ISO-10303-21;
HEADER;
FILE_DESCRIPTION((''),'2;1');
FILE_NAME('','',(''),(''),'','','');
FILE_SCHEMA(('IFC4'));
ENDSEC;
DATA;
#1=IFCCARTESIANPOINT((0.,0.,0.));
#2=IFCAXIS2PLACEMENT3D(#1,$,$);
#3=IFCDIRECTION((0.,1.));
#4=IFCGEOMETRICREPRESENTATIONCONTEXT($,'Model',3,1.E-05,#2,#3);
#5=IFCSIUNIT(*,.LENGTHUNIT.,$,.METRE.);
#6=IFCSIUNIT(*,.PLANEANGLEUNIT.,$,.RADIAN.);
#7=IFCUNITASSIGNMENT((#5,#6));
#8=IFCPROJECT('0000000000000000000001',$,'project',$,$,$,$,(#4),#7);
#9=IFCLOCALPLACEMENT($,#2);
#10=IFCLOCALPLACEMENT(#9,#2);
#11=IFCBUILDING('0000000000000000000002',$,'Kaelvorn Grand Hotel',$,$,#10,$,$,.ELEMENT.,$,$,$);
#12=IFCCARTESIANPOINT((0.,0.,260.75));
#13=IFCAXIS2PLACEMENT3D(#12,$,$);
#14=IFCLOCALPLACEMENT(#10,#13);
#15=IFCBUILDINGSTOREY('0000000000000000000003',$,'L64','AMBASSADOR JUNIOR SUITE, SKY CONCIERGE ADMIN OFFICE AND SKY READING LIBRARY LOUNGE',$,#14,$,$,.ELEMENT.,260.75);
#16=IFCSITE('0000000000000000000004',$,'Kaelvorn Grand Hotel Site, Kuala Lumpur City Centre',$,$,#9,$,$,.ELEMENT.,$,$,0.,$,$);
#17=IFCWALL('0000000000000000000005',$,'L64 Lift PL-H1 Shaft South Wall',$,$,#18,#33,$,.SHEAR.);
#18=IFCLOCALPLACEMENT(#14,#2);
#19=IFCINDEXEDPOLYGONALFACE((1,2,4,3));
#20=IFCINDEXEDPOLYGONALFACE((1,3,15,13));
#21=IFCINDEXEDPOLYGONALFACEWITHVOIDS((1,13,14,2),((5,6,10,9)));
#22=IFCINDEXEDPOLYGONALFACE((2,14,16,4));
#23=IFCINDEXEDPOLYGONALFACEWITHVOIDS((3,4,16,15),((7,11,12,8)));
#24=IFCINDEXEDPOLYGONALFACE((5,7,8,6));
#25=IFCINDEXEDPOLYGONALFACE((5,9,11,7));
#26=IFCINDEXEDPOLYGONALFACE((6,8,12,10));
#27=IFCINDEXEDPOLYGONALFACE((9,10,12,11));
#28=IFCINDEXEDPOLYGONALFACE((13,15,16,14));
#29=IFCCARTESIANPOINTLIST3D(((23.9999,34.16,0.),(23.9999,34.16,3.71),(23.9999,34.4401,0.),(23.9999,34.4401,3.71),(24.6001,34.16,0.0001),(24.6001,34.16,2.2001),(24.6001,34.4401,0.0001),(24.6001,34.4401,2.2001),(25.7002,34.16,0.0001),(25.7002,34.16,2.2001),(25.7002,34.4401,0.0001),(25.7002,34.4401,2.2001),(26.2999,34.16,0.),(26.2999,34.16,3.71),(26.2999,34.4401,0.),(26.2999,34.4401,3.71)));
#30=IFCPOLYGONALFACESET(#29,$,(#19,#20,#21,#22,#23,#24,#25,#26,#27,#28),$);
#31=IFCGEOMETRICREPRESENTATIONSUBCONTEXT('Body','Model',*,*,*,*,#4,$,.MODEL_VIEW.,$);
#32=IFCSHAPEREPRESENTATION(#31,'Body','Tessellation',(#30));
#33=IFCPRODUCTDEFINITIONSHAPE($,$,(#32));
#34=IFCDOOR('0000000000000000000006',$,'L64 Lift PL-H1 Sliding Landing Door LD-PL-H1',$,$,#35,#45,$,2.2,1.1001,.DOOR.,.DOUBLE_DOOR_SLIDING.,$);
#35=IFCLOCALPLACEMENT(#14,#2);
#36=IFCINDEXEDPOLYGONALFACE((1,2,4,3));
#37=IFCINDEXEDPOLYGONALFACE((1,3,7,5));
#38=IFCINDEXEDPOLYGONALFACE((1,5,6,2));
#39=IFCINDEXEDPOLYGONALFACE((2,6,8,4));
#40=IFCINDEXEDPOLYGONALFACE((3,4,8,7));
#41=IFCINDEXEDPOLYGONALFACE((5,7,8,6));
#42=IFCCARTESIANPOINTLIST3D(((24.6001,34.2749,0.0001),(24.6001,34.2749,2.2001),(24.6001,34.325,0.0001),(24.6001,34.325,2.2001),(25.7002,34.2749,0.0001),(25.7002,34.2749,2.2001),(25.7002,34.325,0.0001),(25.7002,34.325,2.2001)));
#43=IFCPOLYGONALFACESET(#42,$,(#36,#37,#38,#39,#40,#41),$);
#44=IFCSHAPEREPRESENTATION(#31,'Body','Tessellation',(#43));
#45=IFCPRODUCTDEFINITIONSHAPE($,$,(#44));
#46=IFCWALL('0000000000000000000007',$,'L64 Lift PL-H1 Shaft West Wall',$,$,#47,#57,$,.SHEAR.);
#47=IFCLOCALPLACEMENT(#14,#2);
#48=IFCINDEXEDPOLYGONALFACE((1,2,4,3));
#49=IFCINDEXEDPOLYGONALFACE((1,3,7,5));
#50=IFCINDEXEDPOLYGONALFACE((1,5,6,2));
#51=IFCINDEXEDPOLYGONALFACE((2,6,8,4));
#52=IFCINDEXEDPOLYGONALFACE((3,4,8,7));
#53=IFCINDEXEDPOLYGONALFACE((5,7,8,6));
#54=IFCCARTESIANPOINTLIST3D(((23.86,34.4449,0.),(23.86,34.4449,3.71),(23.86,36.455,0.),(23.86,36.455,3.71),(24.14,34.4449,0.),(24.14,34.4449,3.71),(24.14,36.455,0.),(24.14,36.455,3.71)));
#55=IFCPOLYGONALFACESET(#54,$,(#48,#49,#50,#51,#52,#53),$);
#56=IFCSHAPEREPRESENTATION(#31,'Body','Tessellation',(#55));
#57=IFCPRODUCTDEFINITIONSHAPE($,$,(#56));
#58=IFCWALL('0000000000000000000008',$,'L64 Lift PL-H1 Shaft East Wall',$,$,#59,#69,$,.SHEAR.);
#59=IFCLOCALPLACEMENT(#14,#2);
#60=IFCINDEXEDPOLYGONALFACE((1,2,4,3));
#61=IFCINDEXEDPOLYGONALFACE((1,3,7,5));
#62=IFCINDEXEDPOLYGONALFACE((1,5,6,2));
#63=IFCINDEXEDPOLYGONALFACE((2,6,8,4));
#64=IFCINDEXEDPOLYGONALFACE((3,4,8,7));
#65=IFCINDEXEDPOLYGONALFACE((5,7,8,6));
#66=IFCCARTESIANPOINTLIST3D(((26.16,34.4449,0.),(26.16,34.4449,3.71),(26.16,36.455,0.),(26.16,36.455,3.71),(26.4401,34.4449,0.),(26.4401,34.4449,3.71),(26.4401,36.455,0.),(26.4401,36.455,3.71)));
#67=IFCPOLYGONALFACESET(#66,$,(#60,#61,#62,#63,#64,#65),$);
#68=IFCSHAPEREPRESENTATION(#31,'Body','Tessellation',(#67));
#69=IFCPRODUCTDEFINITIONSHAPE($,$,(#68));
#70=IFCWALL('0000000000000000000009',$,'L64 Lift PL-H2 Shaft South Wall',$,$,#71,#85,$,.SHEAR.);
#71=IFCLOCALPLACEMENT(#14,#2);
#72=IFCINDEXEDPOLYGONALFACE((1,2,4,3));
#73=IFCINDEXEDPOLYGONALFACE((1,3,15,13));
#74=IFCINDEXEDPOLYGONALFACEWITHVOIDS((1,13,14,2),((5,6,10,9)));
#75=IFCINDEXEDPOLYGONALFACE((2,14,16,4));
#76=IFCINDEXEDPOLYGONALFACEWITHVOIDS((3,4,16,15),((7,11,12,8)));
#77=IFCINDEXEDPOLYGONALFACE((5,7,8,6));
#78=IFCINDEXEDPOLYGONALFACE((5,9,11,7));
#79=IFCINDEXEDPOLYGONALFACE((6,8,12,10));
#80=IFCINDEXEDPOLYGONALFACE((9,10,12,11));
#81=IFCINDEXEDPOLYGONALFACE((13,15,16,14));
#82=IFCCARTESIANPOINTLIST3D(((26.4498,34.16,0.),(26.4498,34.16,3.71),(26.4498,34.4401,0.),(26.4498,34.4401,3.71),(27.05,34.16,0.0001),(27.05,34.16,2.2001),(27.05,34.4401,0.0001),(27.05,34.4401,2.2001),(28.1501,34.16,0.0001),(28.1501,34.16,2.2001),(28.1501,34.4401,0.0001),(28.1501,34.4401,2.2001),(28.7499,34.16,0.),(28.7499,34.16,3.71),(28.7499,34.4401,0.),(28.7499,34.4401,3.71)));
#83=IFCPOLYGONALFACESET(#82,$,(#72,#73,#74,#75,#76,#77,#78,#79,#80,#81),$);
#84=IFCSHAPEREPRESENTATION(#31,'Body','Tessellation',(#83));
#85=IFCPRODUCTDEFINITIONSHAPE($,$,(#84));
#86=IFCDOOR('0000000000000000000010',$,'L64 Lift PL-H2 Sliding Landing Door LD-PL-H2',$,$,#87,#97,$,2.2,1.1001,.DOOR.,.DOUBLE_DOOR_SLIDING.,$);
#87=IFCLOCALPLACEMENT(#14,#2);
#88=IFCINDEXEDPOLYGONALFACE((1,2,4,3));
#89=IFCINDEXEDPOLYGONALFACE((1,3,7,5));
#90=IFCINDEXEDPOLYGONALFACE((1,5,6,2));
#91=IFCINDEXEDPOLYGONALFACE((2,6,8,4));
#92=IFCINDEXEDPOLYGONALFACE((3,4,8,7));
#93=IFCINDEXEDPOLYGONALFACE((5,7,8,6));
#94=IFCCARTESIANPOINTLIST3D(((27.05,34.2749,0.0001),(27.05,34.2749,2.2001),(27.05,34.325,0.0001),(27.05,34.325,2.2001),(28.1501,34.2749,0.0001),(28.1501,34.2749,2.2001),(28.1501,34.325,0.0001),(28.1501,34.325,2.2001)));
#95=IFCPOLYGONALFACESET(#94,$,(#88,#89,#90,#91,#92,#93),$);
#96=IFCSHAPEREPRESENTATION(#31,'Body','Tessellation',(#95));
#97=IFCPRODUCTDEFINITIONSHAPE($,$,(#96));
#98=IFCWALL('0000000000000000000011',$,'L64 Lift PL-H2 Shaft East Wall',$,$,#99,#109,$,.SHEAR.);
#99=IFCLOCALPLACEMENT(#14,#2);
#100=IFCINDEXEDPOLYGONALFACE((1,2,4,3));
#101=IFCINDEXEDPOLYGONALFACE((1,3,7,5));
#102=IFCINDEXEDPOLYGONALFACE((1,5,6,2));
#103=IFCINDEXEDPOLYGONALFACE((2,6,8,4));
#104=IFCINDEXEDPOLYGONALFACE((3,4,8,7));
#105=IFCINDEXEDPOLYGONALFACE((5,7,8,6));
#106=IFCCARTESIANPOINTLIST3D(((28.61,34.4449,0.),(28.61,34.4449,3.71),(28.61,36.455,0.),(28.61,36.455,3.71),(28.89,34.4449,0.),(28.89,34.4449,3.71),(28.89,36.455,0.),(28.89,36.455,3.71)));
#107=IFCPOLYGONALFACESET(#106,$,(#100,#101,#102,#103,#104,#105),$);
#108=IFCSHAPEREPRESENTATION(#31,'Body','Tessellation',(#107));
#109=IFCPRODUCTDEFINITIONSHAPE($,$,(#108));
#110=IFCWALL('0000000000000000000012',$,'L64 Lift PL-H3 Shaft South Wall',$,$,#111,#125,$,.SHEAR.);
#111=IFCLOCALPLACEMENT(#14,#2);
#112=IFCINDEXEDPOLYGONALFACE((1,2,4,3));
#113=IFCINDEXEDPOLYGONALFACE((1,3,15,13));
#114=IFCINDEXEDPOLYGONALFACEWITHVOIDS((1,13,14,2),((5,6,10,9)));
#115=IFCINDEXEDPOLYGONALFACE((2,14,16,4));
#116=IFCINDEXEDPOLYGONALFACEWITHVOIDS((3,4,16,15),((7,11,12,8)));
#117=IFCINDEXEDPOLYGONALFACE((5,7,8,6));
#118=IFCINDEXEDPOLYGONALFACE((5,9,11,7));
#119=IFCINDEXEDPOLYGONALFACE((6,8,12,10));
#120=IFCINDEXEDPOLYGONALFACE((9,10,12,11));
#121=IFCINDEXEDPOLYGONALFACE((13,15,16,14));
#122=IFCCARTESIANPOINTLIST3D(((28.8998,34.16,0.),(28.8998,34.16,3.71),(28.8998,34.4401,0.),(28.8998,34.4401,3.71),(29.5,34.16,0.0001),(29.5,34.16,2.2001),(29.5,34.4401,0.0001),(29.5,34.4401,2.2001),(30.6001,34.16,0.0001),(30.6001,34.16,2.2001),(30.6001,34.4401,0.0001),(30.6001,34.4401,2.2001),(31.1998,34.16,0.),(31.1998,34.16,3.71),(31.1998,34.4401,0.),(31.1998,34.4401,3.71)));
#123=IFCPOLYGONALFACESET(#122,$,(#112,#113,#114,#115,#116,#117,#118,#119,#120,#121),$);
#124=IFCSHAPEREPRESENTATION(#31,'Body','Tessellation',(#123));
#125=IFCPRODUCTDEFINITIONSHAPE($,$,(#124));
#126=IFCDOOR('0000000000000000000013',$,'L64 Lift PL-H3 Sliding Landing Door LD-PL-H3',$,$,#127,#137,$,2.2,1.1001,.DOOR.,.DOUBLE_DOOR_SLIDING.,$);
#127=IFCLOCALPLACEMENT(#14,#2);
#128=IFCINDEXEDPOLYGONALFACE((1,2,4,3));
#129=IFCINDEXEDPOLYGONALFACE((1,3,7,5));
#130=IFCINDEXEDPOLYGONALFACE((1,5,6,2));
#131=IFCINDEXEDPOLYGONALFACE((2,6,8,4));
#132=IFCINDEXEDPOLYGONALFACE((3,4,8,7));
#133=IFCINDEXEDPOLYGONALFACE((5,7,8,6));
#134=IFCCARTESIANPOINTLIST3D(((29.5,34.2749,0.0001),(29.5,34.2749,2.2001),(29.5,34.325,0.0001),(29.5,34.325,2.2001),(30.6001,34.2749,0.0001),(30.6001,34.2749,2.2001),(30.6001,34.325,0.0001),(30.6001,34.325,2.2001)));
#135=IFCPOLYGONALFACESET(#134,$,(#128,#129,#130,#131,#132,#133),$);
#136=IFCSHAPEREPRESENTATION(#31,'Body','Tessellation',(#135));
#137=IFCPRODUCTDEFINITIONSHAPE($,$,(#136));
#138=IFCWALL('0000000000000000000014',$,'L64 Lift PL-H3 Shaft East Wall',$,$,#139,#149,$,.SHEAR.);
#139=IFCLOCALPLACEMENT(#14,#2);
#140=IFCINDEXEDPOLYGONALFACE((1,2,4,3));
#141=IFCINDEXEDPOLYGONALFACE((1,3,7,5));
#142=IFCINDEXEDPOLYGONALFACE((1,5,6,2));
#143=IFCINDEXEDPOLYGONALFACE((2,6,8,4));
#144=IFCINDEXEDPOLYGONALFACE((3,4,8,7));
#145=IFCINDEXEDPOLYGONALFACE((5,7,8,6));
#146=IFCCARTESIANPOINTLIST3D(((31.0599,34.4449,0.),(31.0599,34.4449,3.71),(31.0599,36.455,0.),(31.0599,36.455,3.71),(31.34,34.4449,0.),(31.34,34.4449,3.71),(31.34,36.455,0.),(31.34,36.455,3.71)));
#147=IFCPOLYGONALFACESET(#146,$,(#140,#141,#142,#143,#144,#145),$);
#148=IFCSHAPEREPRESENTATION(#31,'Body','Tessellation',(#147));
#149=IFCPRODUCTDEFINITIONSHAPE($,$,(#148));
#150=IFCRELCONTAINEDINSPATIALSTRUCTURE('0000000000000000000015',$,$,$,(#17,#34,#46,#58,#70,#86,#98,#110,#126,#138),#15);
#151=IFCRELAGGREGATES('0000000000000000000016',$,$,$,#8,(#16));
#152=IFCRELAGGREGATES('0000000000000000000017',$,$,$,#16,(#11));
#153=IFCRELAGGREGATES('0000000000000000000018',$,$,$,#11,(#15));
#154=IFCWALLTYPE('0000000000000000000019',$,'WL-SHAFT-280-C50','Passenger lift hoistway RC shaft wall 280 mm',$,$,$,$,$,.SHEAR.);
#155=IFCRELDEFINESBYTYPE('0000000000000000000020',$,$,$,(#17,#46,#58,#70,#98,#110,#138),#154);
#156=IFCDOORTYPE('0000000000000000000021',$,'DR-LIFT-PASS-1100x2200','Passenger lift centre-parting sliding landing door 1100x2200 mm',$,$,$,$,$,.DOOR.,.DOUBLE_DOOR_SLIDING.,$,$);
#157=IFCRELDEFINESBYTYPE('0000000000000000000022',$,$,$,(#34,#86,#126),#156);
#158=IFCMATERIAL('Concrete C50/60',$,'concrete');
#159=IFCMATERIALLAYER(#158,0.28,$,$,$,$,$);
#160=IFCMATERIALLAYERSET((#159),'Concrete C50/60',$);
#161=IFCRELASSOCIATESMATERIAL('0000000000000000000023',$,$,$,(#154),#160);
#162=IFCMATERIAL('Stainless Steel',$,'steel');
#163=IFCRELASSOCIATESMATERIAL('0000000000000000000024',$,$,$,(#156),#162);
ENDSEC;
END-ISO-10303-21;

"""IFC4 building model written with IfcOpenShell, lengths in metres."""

from ifc_helpers import new_model, si_unit, direction, frame, frame_2d, origin, place, context, subcontext, project, spatial, rectangle, extrude, material, layer, layer_set, type_object, element, fill, save


model = new_model("IFC4")

# Units and contexts
model_context = context("Model", 3, precision=1e-05, world=origin(), true_north=direction((0.0, 1.0)))
body_context = subcontext(model_context, "Body", "Model", "MODEL_VIEW")
ifc_project = project(units=[si_unit("LENGTHUNIT", "METRE"), si_unit("PLANEANGLEUNIT", "RADIAN")], contexts=[model_context])

# Site, building, storey
site_placement = place(None, origin())
site = spatial("IfcSite", under=ifc_project, at=site_placement, Name="Kaelvorn Grand Hotel Site, Kuala Lumpur City Centre", CompositionType="ELEMENT", RefElevation=0.0)
building_placement = place(site_placement, origin())
building = spatial("IfcBuilding", under=site, at=building_placement, Name="Kaelvorn Grand Hotel", CompositionType="ELEMENT")
storey_placement = place(building_placement, frame((0.0, 0.0, 260.75)))
storey = spatial("IfcBuildingStorey", under=building, at=storey_placement, Name="L64", Description="AMBASSADOR JUNIOR SUITE, SKY CONCIERGE ADMIN OFFICE AND SKY READING LIBRARY LOUNGE", CompositionType="ELEMENT", Elevation=260.75)

# Shared definitions
ifc_material_1 = material(Name="Concrete C50/60", Category="concrete")

# Wall, opening, door
ifc_layer_1 = layer(ifc_material_1, 0.28)
ifc_layer_set_1 = layer_set([ifc_layer_1], Name="Concrete C50/60")
wall_type_1 = type_object("IfcWallType", Name="WL-SHAFT-280-C50", Description="Passenger lift hoistway RC shaft wall 280 mm", PredefinedType="SHEAR", material=ifc_layer_set_1)
wall_1_placement = place(storey_placement, frame((24.0, 34.3, 0.0), z_axis=(0.0, 0.0, 1.0), x_axis=(1.0, 0.0, 0.0)))
wall_1 = element("IfcWall", 1, at=wall_1_placement, inside=storey, type_object=wall_type_1, Name="L64 Lift PL-H1 Shaft South Wall", PredefinedType="SHEAR", context=body_context, shape_type="SweptSolid", body=[
    extrude(rectangle(XDim=2.3, YDim=0.28, at=frame_2d((1.1499, 0.0))), origin(), (0.0, 0.0, 1.0), 3.71),
])
opening_1_placement = place(wall_1_placement, frame((0.6001, 0.0, 0.0)))
opening_1 = element("IfcOpeningElement", 2, at=opening_1_placement, cuts=wall_1, PredefinedType="OPENING", context=body_context, shape_type="SweptSolid", body=[
    extrude(rectangle(XDim=1.1001, YDim=2.2, at=frame_2d((0.55, 1.1001))), frame((0.0, 0.1499, 0.0), z_axis=(0.0, -1.0, 0.0), x_axis=(1.0, 0.0, 0.0)), (0.0, 0.0, 1.0), 0.3),
])
ifc_material_2 = material(Name="Stainless Steel", Category="steel")
door_type_1 = type_object("IfcDoorType", Name="DR-LIFT-PASS-1100x2200", Description="Passenger lift centre-parting sliding landing door 1100x2200 mm", OperationType="DOUBLE_DOOR_SLIDING", PredefinedType="DOOR", material=ifc_material_2)
door_1_placement = place(opening_1_placement, origin())
door_1 = element("IfcDoor", 3, at=door_1_placement, inside=storey, type_object=door_type_1, Name="L64 Lift PL-H1 Sliding Landing Door LD-PL-H1", OperationType="DOUBLE_DOOR_SLIDING", OverallHeight=2.2, OverallWidth=1.1001, PredefinedType="DOOR", context=body_context, shape_type="SweptSolid", body=[
    extrude(rectangle(XDim=1.1001, YDim=2.2, at=frame_2d((0.55, 1.1001))), frame((0.0, 0.0249, 0.0), z_axis=(0.0, -1.0, 0.0), x_axis=(1.0, 0.0, 0.0)), (0.0, 0.0, 1.0), 0.05),
])
fill(opening_1, door_1)

# Walls
for number, where, z_axis, x_axis, name in (
    (4, (24.0, 34.4451, 0.0), (0.0, 0.0, 1.0), (0.0, 1.0, 0.0), "L64 Lift PL-H1 Shaft West Wall"),
    (5, (26.3, 34.4451, 0.0), (0.0, 0.0, 1.0), (0.0, 1.0, 0.0), "L64 Lift PL-H1 Shaft East Wall"),
):
    element("IfcWall", number, at=place(storey_placement, frame(where, z_axis=z_axis, x_axis=x_axis)), inside=storey, type_object=wall_type_1, Name=name, PredefinedType="SHEAR", context=body_context, shape_type="SweptSolid", body=[
        extrude(rectangle(XDim=2.01, YDim=0.28, at=frame_2d((1.0049, 0.0))), origin(), (0.0, 0.0, 1.0), 3.71),
    ])

# Wall, opening, door
wall_2_placement = place(storey_placement, frame((26.45, 34.3, 0.0), z_axis=(0.0, 0.0, 1.0), x_axis=(1.0, 0.0, 0.0)))
wall_2 = element("IfcWall", 6, at=wall_2_placement, inside=storey, type_object=wall_type_1, Name="L64 Lift PL-H2 Shaft South Wall", PredefinedType="SHEAR", context=body_context, shape_type="SweptSolid", body=[
    extrude(rectangle(XDim=2.3, YDim=0.28, at=frame_2d((1.1499, 0.0))), origin(), (0.0, 0.0, 1.0), 3.71),
])
opening_2_placement = place(wall_2_placement, frame((0.6001, 0.0, 0.0)))
opening_2 = element("IfcOpeningElement", 7, at=opening_2_placement, cuts=wall_2, PredefinedType="OPENING", context=body_context, shape_type="SweptSolid", body=[
    extrude(rectangle(XDim=1.1001, YDim=2.2, at=frame_2d((0.55, 1.1001))), frame((0.0, 0.1499, 0.0), z_axis=(0.0, -1.0, 0.0), x_axis=(1.0, 0.0, 0.0)), (0.0, 0.0, 1.0), 0.3),
])
door_2_placement = place(opening_2_placement, origin())
door_2 = element("IfcDoor", 8, at=door_2_placement, inside=storey, type_object=door_type_1, Name="L64 Lift PL-H2 Sliding Landing Door LD-PL-H2", OperationType="DOUBLE_DOOR_SLIDING", OverallHeight=2.2, OverallWidth=1.1001, PredefinedType="DOOR", context=body_context, shape_type="SweptSolid", body=[
    extrude(rectangle(XDim=1.1001, YDim=2.2, at=frame_2d((0.55, 1.1001))), frame((0.0, 0.0249, 0.0), z_axis=(0.0, -1.0, 0.0), x_axis=(1.0, 0.0, 0.0)), (0.0, 0.0, 1.0), 0.05),
])
fill(opening_2, door_2)

# Wall
wall_3_placement = place(storey_placement, frame((28.75, 34.4451, 0.0), z_axis=(0.0, 0.0, 1.0), x_axis=(0.0, 1.0, 0.0)))
element("IfcWall", 9, at=wall_3_placement, inside=storey, type_object=wall_type_1, Name="L64 Lift PL-H2 Shaft East Wall", PredefinedType="SHEAR", context=body_context, shape_type="SweptSolid", body=[
    extrude(rectangle(XDim=2.01, YDim=0.28, at=frame_2d((1.0049, 0.0))), origin(), (0.0, 0.0, 1.0), 3.71),
])

# Wall, opening, door
wall_4_placement = place(storey_placement, frame((28.8999, 34.3, 0.0), z_axis=(0.0, 0.0, 1.0), x_axis=(1.0, 0.0, 0.0)))
wall_4 = element("IfcWall", 10, at=wall_4_placement, inside=storey, type_object=wall_type_1, Name="L64 Lift PL-H3 Shaft South Wall", PredefinedType="SHEAR", context=body_context, shape_type="SweptSolid", body=[
    extrude(rectangle(XDim=2.3, YDim=0.28, at=frame_2d((1.1499, 0.0))), origin(), (0.0, 0.0, 1.0), 3.71),
])
opening_3_placement = place(wall_4_placement, frame((0.6001, 0.0, 0.0)))
opening_3 = element("IfcOpeningElement", 11, at=opening_3_placement, cuts=wall_4, PredefinedType="OPENING", context=body_context, shape_type="SweptSolid", body=[
    extrude(rectangle(XDim=1.1001, YDim=2.2, at=frame_2d((0.55, 1.1001))), frame((0.0, 0.1499, 0.0), z_axis=(0.0, -1.0, 0.0), x_axis=(1.0, 0.0, 0.0)), (0.0, 0.0, 1.0), 0.3),
])
door_3_placement = place(opening_3_placement, origin())
door_3 = element("IfcDoor", 12, at=door_3_placement, inside=storey, type_object=door_type_1, Name="L64 Lift PL-H3 Sliding Landing Door LD-PL-H3", OperationType="DOUBLE_DOOR_SLIDING", OverallHeight=2.2, OverallWidth=1.1001, PredefinedType="DOOR", context=body_context, shape_type="SweptSolid", body=[
    extrude(rectangle(XDim=1.1001, YDim=2.2, at=frame_2d((0.55, 1.1001))), frame((0.0, 0.0249, 0.0), z_axis=(0.0, -1.0, 0.0), x_axis=(1.0, 0.0, 0.0)), (0.0, 0.0, 1.0), 0.05),
])
fill(opening_3, door_3)

# Wall
wall_5_placement = place(storey_placement, frame((31.2, 34.4451, 0.0), z_axis=(0.0, 0.0, 1.0), x_axis=(0.0, 1.0, 0.0)))
element("IfcWall", 13, at=wall_5_placement, inside=storey, type_object=wall_type_1, Name="L64 Lift PL-H3 Shaft East Wall", PredefinedType="SHEAR", context=body_context, shape_type="SweptSolid", body=[
    extrude(rectangle(XDim=2.01, YDim=0.28, at=frame_2d((1.0049, 0.0))), origin(), (0.0, 0.0, 1.0), 3.71),
])

save(model, "model.ifc")
